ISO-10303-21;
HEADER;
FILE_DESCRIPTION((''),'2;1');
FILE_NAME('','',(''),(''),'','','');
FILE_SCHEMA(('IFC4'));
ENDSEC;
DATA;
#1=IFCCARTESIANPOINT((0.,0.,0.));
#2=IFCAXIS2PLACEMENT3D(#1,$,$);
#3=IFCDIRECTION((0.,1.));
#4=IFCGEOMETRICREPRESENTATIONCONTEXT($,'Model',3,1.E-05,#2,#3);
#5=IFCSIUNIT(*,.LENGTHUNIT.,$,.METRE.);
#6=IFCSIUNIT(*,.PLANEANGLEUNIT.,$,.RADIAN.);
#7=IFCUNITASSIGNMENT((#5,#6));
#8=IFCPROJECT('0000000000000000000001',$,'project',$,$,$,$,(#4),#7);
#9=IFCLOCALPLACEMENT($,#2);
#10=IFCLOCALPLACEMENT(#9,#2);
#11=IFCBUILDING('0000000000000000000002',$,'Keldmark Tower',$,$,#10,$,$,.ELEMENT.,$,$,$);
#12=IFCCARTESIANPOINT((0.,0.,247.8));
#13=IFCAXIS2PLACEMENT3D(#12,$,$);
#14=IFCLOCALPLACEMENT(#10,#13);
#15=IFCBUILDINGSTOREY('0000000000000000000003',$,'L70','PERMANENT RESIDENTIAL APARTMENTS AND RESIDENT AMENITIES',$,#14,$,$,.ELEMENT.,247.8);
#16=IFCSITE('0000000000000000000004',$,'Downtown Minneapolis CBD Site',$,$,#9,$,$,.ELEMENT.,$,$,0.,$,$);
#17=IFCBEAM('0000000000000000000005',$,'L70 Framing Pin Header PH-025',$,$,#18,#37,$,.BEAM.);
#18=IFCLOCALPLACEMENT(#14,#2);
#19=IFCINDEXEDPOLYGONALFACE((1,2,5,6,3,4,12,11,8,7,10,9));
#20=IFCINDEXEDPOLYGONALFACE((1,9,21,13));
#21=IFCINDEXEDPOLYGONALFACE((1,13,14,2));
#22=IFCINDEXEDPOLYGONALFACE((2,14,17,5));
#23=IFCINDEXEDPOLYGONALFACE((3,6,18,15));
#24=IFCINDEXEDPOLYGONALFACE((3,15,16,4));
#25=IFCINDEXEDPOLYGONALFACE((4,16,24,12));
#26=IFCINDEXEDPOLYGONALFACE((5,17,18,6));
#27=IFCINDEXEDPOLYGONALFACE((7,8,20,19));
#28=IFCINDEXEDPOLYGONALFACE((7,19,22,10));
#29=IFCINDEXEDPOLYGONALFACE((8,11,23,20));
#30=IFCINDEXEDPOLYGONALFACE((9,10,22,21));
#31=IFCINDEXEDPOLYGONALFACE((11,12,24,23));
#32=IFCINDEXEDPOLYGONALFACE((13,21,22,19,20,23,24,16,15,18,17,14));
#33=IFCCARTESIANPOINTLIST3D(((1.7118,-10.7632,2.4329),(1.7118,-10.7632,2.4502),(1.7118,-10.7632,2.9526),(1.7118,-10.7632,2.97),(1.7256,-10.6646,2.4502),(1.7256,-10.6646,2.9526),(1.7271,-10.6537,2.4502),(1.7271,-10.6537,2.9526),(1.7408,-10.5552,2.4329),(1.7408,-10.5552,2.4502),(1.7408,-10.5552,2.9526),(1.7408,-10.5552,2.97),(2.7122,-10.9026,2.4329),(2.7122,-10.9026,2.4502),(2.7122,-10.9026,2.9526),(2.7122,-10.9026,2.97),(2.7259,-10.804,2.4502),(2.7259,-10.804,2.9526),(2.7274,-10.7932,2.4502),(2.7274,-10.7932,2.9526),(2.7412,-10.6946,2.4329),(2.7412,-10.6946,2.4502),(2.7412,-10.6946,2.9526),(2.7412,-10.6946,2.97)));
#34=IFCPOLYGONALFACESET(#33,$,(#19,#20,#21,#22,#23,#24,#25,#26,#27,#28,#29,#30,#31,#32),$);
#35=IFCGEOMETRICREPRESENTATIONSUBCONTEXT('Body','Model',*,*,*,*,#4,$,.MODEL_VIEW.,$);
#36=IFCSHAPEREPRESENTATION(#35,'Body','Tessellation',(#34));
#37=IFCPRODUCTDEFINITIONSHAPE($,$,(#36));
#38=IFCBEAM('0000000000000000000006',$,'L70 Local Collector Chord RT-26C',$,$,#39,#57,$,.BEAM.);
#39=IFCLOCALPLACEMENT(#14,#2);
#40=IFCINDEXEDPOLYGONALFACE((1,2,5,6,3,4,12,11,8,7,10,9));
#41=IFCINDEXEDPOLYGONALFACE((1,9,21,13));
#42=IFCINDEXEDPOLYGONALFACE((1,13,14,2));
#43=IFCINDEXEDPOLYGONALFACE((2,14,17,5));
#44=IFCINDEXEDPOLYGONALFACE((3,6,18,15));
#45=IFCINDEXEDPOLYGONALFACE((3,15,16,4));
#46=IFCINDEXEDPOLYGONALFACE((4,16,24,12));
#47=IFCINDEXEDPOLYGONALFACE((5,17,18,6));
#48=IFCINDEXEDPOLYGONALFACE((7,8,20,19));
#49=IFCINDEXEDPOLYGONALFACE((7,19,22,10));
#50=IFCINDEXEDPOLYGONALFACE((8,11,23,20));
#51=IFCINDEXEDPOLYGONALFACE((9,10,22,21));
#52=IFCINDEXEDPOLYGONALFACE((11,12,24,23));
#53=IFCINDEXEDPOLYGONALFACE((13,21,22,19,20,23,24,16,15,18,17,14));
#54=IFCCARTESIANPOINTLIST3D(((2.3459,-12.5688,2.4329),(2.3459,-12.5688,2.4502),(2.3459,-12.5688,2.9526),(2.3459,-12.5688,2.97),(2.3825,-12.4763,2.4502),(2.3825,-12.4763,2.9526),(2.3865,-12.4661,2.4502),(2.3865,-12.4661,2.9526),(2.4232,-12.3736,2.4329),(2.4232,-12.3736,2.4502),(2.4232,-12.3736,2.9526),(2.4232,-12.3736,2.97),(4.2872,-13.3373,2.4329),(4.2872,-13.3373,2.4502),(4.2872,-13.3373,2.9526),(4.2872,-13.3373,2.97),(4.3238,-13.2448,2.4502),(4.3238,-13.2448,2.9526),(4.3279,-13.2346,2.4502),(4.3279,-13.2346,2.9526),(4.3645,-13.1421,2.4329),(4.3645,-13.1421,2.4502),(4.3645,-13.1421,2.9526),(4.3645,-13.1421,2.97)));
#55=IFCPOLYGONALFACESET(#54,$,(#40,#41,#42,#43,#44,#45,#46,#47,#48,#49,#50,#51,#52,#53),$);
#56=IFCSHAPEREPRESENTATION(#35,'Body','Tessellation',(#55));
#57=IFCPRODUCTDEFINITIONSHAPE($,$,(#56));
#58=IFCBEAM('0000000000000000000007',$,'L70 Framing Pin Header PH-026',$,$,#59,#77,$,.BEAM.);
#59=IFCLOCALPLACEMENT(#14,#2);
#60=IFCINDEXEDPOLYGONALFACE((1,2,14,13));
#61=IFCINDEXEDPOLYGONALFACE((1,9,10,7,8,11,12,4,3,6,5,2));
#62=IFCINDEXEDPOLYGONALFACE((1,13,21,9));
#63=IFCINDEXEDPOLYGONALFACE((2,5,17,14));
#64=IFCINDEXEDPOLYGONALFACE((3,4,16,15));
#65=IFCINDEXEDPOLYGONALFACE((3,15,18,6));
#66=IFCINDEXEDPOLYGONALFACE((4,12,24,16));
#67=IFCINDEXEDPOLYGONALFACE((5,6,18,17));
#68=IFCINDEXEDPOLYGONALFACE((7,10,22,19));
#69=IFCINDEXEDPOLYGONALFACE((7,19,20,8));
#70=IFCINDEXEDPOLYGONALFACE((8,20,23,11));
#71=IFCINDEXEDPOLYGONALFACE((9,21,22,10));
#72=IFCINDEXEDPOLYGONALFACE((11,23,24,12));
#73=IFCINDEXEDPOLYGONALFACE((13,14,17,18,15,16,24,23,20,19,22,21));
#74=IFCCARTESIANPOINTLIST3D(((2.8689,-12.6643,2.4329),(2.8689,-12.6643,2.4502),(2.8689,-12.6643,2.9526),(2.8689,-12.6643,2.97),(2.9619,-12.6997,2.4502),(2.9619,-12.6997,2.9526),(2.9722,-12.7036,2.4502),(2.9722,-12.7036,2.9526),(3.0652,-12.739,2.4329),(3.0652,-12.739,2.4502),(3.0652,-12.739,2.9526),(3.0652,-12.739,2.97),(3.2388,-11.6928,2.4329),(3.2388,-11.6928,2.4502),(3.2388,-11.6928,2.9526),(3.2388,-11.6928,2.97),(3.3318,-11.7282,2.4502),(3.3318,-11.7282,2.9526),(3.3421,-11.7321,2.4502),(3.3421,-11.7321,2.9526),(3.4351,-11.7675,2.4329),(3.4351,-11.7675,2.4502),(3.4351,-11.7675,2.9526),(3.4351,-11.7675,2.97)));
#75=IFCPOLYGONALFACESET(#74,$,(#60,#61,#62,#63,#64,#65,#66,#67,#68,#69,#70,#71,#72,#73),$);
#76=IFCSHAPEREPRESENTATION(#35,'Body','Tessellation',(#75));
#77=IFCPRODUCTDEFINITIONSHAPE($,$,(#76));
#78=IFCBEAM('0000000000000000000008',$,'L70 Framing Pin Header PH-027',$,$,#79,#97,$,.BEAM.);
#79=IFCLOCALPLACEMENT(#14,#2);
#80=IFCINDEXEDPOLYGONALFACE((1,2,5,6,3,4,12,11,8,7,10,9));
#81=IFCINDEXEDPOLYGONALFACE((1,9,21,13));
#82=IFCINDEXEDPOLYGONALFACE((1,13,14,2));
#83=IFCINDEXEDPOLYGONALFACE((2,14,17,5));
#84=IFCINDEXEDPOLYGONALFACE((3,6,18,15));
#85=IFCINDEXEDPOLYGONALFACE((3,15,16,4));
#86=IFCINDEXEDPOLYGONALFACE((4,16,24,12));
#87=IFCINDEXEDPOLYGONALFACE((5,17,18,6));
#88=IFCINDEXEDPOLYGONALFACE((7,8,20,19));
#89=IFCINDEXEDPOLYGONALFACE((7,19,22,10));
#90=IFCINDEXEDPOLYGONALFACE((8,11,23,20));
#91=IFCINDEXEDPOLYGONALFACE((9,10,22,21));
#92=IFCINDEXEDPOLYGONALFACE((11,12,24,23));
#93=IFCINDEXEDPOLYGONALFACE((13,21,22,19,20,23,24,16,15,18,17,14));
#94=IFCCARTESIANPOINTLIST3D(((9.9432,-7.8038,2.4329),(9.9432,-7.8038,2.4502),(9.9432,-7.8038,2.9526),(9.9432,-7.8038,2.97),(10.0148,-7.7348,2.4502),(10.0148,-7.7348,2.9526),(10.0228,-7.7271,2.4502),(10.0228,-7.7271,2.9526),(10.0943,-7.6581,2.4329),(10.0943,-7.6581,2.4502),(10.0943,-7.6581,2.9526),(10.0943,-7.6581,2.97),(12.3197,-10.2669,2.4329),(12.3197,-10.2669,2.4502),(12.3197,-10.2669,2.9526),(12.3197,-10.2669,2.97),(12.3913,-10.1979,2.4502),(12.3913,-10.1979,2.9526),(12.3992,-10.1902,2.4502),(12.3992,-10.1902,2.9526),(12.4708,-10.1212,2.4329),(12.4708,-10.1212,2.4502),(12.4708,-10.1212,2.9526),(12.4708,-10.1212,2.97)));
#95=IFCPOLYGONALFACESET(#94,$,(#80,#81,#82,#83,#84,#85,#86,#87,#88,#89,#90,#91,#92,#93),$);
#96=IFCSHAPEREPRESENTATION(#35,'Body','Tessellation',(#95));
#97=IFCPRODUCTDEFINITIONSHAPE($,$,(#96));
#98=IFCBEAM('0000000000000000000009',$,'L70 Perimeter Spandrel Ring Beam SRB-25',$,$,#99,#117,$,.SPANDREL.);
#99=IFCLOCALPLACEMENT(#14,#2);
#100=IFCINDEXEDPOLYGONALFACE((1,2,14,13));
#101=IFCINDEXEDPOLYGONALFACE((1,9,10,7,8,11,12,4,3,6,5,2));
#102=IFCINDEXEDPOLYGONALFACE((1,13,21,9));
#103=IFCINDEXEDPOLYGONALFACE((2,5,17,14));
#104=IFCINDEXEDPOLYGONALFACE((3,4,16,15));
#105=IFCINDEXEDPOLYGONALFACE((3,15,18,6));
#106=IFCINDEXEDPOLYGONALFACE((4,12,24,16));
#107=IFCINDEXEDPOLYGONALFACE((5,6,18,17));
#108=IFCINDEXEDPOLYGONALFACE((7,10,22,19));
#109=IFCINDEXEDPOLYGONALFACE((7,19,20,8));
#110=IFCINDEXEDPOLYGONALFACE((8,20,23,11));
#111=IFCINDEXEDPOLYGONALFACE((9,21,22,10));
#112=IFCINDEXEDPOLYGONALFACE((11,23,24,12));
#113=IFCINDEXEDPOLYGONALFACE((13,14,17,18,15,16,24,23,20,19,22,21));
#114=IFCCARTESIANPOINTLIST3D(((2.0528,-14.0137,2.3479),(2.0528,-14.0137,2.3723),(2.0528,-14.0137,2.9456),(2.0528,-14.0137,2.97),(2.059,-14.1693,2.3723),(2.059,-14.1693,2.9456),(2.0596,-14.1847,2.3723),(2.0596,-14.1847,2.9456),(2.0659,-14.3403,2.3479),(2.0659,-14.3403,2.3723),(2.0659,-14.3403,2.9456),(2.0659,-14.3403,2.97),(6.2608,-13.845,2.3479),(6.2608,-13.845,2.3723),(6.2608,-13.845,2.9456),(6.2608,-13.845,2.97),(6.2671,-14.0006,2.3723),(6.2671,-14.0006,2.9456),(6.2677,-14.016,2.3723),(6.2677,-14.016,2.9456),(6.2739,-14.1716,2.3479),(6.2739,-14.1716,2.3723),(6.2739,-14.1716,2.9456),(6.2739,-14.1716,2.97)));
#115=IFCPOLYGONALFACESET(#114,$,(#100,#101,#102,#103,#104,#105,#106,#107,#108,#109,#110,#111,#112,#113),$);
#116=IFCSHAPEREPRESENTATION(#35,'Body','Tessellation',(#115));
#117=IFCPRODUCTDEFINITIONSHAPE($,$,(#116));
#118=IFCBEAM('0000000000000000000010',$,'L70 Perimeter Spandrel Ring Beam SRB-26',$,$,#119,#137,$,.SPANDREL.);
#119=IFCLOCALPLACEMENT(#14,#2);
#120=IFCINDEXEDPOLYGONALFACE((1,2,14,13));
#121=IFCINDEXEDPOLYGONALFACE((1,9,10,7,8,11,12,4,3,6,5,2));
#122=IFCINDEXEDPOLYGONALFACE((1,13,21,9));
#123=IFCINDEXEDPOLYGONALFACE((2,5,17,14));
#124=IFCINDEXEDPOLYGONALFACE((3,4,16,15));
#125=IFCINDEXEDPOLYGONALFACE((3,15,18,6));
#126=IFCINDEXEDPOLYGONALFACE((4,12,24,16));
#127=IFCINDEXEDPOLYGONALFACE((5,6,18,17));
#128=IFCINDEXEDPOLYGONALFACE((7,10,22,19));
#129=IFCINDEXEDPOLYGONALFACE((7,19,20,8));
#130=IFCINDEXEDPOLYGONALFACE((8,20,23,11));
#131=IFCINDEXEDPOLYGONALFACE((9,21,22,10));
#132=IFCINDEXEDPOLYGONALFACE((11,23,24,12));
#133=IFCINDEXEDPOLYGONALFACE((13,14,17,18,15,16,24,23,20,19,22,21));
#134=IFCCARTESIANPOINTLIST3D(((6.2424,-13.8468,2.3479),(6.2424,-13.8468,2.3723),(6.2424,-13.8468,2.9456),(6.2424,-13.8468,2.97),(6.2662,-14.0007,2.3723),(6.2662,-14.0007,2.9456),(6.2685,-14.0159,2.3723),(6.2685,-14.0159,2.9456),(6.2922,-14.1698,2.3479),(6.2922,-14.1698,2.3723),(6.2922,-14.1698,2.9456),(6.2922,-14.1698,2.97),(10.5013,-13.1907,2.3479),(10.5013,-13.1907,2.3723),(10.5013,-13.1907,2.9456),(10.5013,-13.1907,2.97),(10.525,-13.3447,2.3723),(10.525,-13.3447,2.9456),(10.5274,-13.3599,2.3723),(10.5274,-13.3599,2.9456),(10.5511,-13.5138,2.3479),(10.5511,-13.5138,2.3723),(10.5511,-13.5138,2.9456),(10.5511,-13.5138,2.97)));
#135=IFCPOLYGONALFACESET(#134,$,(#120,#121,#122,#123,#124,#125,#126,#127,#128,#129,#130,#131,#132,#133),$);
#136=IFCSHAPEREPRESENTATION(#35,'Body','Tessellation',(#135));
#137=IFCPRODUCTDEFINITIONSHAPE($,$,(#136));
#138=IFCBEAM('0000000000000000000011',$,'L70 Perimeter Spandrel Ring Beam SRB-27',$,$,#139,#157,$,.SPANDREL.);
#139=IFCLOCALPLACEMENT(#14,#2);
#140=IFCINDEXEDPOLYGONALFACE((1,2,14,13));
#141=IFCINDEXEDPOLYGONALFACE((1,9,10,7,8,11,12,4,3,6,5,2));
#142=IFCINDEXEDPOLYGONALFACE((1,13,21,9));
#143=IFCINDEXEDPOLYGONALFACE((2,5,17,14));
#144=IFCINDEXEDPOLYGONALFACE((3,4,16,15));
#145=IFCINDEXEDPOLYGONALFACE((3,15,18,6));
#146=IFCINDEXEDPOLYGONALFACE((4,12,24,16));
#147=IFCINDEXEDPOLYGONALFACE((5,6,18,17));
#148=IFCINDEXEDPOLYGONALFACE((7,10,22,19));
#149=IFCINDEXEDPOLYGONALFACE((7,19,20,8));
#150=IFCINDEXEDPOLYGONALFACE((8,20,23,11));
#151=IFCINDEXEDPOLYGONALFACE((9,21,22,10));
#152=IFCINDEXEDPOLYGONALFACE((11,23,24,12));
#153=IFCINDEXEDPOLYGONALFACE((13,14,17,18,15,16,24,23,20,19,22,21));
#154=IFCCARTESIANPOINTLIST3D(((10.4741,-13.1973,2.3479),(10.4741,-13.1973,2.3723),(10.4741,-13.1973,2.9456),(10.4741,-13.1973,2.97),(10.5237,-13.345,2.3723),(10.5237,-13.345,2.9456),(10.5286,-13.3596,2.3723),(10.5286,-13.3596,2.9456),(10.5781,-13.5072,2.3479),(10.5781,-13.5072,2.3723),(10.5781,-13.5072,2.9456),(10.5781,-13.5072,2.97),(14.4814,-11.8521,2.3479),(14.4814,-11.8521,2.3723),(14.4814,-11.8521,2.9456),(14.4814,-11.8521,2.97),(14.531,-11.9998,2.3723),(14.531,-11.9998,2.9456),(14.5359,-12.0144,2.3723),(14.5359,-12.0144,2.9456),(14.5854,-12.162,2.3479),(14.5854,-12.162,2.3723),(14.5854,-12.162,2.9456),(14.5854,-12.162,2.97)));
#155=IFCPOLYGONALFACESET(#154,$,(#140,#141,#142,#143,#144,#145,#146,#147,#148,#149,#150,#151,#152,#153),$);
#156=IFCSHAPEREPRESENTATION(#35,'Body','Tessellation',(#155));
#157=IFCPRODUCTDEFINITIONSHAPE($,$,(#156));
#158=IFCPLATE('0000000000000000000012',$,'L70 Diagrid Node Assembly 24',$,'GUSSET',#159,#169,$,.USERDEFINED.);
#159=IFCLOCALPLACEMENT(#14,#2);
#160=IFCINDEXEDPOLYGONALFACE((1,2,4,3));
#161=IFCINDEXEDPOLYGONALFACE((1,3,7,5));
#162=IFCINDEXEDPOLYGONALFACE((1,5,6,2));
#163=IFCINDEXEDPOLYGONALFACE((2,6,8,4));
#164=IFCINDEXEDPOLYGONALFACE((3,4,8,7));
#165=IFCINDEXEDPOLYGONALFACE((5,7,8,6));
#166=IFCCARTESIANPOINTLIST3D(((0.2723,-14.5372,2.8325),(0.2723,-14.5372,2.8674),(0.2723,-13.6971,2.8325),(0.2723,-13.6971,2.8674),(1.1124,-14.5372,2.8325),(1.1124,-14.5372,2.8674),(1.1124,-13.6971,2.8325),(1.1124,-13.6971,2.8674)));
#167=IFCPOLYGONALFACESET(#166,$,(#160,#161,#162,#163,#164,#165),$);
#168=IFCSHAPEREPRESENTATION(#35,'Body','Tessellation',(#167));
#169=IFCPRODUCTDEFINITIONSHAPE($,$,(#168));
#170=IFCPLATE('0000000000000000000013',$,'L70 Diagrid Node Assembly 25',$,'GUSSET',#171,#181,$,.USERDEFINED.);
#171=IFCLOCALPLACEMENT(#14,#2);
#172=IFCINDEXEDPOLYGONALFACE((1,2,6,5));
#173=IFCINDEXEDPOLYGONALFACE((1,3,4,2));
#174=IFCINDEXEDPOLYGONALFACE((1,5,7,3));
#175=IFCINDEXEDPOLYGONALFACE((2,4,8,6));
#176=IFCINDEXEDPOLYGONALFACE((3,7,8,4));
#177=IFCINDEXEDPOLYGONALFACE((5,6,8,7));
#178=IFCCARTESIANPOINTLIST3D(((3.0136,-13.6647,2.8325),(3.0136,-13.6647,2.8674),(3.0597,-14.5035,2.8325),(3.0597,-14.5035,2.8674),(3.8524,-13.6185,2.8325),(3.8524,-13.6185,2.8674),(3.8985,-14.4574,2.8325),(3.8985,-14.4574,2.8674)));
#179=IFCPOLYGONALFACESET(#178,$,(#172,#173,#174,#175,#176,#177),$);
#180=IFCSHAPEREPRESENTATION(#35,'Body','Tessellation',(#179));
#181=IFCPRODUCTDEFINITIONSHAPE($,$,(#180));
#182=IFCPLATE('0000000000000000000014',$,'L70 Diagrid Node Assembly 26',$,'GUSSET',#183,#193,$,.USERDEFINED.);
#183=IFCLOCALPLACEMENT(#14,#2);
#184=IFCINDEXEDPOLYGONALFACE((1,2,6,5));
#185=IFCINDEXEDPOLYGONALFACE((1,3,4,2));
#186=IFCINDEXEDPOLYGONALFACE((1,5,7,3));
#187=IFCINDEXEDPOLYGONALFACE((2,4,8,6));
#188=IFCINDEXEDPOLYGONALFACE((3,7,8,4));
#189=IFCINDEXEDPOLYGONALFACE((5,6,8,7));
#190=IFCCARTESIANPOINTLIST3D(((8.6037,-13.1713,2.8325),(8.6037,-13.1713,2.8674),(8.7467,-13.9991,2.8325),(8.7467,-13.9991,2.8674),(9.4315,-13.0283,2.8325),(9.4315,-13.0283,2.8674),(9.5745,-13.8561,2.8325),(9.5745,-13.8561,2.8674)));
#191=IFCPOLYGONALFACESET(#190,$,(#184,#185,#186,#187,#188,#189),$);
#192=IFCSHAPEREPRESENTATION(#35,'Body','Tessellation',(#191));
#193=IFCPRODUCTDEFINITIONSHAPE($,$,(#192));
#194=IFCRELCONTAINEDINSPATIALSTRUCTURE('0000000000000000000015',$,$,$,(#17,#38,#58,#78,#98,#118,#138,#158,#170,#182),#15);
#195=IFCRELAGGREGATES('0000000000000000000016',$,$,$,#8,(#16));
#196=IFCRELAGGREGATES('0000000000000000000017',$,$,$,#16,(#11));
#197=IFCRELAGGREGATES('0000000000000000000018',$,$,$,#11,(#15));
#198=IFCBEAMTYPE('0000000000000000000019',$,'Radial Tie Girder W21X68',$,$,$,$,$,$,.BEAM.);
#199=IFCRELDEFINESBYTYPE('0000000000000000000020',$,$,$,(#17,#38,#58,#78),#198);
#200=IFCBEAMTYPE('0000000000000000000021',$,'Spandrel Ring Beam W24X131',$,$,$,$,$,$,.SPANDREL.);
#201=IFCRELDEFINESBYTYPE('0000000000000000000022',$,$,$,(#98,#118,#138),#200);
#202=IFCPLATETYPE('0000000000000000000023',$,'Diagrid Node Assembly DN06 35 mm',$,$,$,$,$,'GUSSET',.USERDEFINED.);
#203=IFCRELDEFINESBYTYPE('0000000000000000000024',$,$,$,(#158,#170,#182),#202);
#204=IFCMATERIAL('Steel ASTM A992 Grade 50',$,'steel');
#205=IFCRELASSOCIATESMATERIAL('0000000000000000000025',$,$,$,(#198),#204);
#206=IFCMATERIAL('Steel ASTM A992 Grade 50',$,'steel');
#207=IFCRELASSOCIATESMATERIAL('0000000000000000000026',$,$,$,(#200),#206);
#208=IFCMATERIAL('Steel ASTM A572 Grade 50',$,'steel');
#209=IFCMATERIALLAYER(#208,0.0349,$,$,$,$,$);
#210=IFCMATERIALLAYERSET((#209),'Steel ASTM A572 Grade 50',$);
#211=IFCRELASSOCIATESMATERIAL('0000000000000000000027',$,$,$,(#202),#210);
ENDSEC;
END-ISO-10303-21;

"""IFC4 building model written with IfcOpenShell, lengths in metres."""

from ifc_helpers import new_model, si_unit, direction, frame, origin, origin_2d, place, context, subcontext, project, spatial, rectangle, i_section, extrude, material, layer, layer_set, material_profile, profile_set, type_object, element, save


model = new_model("IFC4")

# Units and contexts
model_context = context("Model", 3, precision=1e-05, world=origin(), true_north=direction((0.0, 1.0)))
body_context = subcontext(model_context, "Body", "Model", "MODEL_VIEW")
ifc_project = project(units=[si_unit("LENGTHUNIT", "METRE"), si_unit("PLANEANGLEUNIT", "RADIAN")], contexts=[model_context])

# Site, building, storey
site_placement = place(None, origin())
site = spatial("IfcSite", under=ifc_project, at=site_placement, Name="Downtown Minneapolis CBD Site", CompositionType="ELEMENT", RefElevation=0.0)
building_placement = place(site_placement, origin())
building = spatial("IfcBuilding", under=site, at=building_placement, Name="Keldmark Tower", CompositionType="ELEMENT")
storey_placement = place(building_placement, frame((0.0, 0.0, 247.8)))
storey = spatial("IfcBuildingStorey", under=building, at=storey_placement, Name="L70", Description="PERMANENT RESIDENTIAL APARTMENTS AND RESIDENT AMENITIES", CompositionType="ELEMENT", Elevation=247.8)

# Beams
ifc_material_1 = material(Name="Steel ASTM A992 Grade 50", Category="steel")
ifc_material_profile_1 = material_profile(ifc_material_1, i_section(OverallWidth=0.21, OverallDepth=0.5371, WebThickness=0.011, FlangeThickness=0.0173, at=origin_2d()), Name="W21X68")
ifc_profile_set_1 = profile_set([ifc_material_profile_1], Name="Steel ASTM A992 Grade 50")
beam_type_1 = type_object("IfcBeamType", Name="Radial Tie Girder W21X68", PredefinedType="BEAM", material=ifc_profile_set_1)
beam_1_placement = place(storey_placement, frame((1.7263, -10.6592, 2.7014), z_axis=(0.990427, -0.138036, 0.0), x_axis=(0.138036, 0.990427, 0.0)))
element("IfcBeam", 1, at=beam_1_placement, inside=storey, type_object=beam_type_1, Name="L70 Framing Pin Header PH-025", PredefinedType="BEAM", context=body_context, shape_type="SweptSolid", body=[
    extrude(i_section(OverallWidth=0.21, OverallDepth=0.5371, WebThickness=0.011, FlangeThickness=0.0173, at=origin_2d()), origin(), (0.0, 0.0, 1.0), 1.01),
])
beam_2_placement = place(storey_placement, frame((2.3845, -12.4712, 2.7014), z_axis=(0.929793, -0.368082, 0.0), x_axis=(0.368082, 0.929793, 0.0)))
element("IfcBeam", 2, at=beam_2_placement, inside=storey, type_object=beam_type_1, Name="L70 Local Collector Chord RT-26C", PredefinedType="BEAM", context=body_context, shape_type="SweptSolid", body=[
    extrude(i_section(OverallWidth=0.21, OverallDepth=0.5371, WebThickness=0.011, FlangeThickness=0.0173, at=origin_2d()), origin(), (0.0, 0.0, 1.0), 2.0879),
])
beam_3_placement = place(storey_placement, frame((2.967, -12.7017, 2.7014), z_axis=(0.355829, 0.934551, 0.0), x_axis=(-0.934551, 0.355829, 0.0)))
element("IfcBeam", 3, at=beam_3_placement, inside=storey, type_object=beam_type_1, Name="L70 Framing Pin Header PH-026", PredefinedType="BEAM", context=body_context, shape_type="SweptSolid", body=[
    extrude(i_section(OverallWidth=0.21, OverallDepth=0.5371, WebThickness=0.011, FlangeThickness=0.0173, at=origin_2d()), origin(), (0.0, 0.0, 1.0), 1.0396),
])
beam_4_placement = place(storey_placement, frame((10.0188, -7.731, 2.7014), z_axis=(0.694332, -0.719655, 0.0), x_axis=(0.719655, 0.694332, 0.0)))
element("IfcBeam", 4, at=beam_4_placement, inside=storey, type_object=beam_type_1, Name="L70 Framing Pin Header PH-027", PredefinedType="BEAM", context=body_context, shape_type="SweptSolid", body=[
    extrude(i_section(OverallWidth=0.21, OverallDepth=0.5371, WebThickness=0.011, FlangeThickness=0.0173, at=origin_2d()), origin(), (0.0, 0.0, 1.0), 3.4226),
])
ifc_material_2 = material(Name="Steel ASTM A992 Grade 50", Category="steel")
ifc_material_profile_2 = material_profile(ifc_material_2, i_section(OverallWidth=0.3269, OverallDepth=0.6221, WebThickness=0.0154, FlangeThickness=0.0244, at=origin_2d()), Name="W24X131")
ifc_profile_set_2 = profile_set([ifc_material_profile_2], Name="Steel ASTM A992 Grade 50")
beam_type_2 = type_object("IfcBeamType", Name="Spandrel Ring Beam W24X131", PredefinedType="SPANDREL", material=ifc_profile_set_2)
beam_5_placement = place(storey_placement, frame((2.0593, -14.177, 2.6589), z_axis=(0.999197, 0.040058, 0.0), x_axis=(-0.040058, 0.999197, 0.0)))
element("IfcBeam", 5, at=beam_5_placement, inside=storey, type_object=beam_type_2, Name="L70 Perimeter Spandrel Ring Beam SRB-25", PredefinedType="SPANDREL", context=body_context, shape_type="SweptSolid", body=[
    extrude(i_section(OverallWidth=0.3269, OverallDepth=0.6221, WebThickness=0.0154, FlangeThickness=0.0244, at=origin_2d()), origin(), (0.0, 0.0, 1.0), 4.2114),
])
beam_6_placement = place(storey_placement, frame((6.2673, -14.0083, 2.6589), z_axis=(0.988344, 0.15224, 0.0), x_axis=(-0.15224, 0.988344, 0.0)))
element("IfcBeam", 6, at=beam_6_placement, inside=storey, type_object=beam_type_2, Name="L70 Perimeter Spandrel Ring Beam SRB-26", PredefinedType="SPANDREL", context=body_context, shape_type="SweptSolid", body=[
    extrude(i_section(OverallWidth=0.3269, OverallDepth=0.6221, WebThickness=0.0154, FlangeThickness=0.0244, at=origin_2d()), origin(), (0.0, 0.0, 1.0), 4.3091),
])
beam_7_placement = place(storey_placement, frame((10.5261, -13.3523, 2.6589), z_axis=(0.948011, 0.318237, 0.0), x_axis=(-0.318237, 0.948011, 0.0)))
element("IfcBeam", 7, at=beam_7_placement, inside=storey, type_object=beam_type_2, Name="L70 Perimeter Spandrel Ring Beam SRB-27", PredefinedType="SPANDREL", context=body_context, shape_type="SweptSolid", body=[
    extrude(i_section(OverallWidth=0.3269, OverallDepth=0.6221, WebThickness=0.0154, FlangeThickness=0.0244, at=origin_2d()), origin(), (0.0, 0.0, 1.0), 4.2271),
])

# Plates
ifc_material_3 = material(Name="Steel ASTM A572 Grade 50", Category="steel")
ifc_layer_1 = layer(ifc_material_3, 0.0349)
ifc_layer_set_1 = layer_set([ifc_layer_1], Name="Steel ASTM A572 Grade 50")
plate_type = type_object("IfcPlateType", Name="Diagrid Node Assembly DN06 35 mm", ElementType="GUSSET", PredefinedType="USERDEFINED", material=ifc_layer_set_1)
for number, where, z_axis, x_axis, name in (
    (8, (0.6924, -14.1172, 2.8325), (0.0, 0.0, 1.0), (1.0, 0.0, 0.0), "L70 Diagrid Node Assembly 24"),
    (9, (3.4561, -14.061, 2.8325), (0.0, 0.0, 1.0), (0.998489, 0.05495, 0.0), "L70 Diagrid Node Assembly 25"),
    (10, (9.0891, -13.5137, 2.8325), (0.0, 0.0, 1.0), (0.985408, 0.170209, 0.0), "L70 Diagrid Node Assembly 26"),
):
    element("IfcPlate", number, at=place(storey_placement, frame(where, z_axis=z_axis, x_axis=x_axis)), inside=storey, type_object=plate_type, Name=name, ObjectType="GUSSET", PredefinedType="USERDEFINED", context=body_context, shape_type="SweptSolid", body=[
        extrude(rectangle(XDim=0.8401, YDim=0.8401, at=origin_2d()), origin(), (0.0, 0.0, 1.0), 0.0349),
    ])

save(model, "model.ifc")
